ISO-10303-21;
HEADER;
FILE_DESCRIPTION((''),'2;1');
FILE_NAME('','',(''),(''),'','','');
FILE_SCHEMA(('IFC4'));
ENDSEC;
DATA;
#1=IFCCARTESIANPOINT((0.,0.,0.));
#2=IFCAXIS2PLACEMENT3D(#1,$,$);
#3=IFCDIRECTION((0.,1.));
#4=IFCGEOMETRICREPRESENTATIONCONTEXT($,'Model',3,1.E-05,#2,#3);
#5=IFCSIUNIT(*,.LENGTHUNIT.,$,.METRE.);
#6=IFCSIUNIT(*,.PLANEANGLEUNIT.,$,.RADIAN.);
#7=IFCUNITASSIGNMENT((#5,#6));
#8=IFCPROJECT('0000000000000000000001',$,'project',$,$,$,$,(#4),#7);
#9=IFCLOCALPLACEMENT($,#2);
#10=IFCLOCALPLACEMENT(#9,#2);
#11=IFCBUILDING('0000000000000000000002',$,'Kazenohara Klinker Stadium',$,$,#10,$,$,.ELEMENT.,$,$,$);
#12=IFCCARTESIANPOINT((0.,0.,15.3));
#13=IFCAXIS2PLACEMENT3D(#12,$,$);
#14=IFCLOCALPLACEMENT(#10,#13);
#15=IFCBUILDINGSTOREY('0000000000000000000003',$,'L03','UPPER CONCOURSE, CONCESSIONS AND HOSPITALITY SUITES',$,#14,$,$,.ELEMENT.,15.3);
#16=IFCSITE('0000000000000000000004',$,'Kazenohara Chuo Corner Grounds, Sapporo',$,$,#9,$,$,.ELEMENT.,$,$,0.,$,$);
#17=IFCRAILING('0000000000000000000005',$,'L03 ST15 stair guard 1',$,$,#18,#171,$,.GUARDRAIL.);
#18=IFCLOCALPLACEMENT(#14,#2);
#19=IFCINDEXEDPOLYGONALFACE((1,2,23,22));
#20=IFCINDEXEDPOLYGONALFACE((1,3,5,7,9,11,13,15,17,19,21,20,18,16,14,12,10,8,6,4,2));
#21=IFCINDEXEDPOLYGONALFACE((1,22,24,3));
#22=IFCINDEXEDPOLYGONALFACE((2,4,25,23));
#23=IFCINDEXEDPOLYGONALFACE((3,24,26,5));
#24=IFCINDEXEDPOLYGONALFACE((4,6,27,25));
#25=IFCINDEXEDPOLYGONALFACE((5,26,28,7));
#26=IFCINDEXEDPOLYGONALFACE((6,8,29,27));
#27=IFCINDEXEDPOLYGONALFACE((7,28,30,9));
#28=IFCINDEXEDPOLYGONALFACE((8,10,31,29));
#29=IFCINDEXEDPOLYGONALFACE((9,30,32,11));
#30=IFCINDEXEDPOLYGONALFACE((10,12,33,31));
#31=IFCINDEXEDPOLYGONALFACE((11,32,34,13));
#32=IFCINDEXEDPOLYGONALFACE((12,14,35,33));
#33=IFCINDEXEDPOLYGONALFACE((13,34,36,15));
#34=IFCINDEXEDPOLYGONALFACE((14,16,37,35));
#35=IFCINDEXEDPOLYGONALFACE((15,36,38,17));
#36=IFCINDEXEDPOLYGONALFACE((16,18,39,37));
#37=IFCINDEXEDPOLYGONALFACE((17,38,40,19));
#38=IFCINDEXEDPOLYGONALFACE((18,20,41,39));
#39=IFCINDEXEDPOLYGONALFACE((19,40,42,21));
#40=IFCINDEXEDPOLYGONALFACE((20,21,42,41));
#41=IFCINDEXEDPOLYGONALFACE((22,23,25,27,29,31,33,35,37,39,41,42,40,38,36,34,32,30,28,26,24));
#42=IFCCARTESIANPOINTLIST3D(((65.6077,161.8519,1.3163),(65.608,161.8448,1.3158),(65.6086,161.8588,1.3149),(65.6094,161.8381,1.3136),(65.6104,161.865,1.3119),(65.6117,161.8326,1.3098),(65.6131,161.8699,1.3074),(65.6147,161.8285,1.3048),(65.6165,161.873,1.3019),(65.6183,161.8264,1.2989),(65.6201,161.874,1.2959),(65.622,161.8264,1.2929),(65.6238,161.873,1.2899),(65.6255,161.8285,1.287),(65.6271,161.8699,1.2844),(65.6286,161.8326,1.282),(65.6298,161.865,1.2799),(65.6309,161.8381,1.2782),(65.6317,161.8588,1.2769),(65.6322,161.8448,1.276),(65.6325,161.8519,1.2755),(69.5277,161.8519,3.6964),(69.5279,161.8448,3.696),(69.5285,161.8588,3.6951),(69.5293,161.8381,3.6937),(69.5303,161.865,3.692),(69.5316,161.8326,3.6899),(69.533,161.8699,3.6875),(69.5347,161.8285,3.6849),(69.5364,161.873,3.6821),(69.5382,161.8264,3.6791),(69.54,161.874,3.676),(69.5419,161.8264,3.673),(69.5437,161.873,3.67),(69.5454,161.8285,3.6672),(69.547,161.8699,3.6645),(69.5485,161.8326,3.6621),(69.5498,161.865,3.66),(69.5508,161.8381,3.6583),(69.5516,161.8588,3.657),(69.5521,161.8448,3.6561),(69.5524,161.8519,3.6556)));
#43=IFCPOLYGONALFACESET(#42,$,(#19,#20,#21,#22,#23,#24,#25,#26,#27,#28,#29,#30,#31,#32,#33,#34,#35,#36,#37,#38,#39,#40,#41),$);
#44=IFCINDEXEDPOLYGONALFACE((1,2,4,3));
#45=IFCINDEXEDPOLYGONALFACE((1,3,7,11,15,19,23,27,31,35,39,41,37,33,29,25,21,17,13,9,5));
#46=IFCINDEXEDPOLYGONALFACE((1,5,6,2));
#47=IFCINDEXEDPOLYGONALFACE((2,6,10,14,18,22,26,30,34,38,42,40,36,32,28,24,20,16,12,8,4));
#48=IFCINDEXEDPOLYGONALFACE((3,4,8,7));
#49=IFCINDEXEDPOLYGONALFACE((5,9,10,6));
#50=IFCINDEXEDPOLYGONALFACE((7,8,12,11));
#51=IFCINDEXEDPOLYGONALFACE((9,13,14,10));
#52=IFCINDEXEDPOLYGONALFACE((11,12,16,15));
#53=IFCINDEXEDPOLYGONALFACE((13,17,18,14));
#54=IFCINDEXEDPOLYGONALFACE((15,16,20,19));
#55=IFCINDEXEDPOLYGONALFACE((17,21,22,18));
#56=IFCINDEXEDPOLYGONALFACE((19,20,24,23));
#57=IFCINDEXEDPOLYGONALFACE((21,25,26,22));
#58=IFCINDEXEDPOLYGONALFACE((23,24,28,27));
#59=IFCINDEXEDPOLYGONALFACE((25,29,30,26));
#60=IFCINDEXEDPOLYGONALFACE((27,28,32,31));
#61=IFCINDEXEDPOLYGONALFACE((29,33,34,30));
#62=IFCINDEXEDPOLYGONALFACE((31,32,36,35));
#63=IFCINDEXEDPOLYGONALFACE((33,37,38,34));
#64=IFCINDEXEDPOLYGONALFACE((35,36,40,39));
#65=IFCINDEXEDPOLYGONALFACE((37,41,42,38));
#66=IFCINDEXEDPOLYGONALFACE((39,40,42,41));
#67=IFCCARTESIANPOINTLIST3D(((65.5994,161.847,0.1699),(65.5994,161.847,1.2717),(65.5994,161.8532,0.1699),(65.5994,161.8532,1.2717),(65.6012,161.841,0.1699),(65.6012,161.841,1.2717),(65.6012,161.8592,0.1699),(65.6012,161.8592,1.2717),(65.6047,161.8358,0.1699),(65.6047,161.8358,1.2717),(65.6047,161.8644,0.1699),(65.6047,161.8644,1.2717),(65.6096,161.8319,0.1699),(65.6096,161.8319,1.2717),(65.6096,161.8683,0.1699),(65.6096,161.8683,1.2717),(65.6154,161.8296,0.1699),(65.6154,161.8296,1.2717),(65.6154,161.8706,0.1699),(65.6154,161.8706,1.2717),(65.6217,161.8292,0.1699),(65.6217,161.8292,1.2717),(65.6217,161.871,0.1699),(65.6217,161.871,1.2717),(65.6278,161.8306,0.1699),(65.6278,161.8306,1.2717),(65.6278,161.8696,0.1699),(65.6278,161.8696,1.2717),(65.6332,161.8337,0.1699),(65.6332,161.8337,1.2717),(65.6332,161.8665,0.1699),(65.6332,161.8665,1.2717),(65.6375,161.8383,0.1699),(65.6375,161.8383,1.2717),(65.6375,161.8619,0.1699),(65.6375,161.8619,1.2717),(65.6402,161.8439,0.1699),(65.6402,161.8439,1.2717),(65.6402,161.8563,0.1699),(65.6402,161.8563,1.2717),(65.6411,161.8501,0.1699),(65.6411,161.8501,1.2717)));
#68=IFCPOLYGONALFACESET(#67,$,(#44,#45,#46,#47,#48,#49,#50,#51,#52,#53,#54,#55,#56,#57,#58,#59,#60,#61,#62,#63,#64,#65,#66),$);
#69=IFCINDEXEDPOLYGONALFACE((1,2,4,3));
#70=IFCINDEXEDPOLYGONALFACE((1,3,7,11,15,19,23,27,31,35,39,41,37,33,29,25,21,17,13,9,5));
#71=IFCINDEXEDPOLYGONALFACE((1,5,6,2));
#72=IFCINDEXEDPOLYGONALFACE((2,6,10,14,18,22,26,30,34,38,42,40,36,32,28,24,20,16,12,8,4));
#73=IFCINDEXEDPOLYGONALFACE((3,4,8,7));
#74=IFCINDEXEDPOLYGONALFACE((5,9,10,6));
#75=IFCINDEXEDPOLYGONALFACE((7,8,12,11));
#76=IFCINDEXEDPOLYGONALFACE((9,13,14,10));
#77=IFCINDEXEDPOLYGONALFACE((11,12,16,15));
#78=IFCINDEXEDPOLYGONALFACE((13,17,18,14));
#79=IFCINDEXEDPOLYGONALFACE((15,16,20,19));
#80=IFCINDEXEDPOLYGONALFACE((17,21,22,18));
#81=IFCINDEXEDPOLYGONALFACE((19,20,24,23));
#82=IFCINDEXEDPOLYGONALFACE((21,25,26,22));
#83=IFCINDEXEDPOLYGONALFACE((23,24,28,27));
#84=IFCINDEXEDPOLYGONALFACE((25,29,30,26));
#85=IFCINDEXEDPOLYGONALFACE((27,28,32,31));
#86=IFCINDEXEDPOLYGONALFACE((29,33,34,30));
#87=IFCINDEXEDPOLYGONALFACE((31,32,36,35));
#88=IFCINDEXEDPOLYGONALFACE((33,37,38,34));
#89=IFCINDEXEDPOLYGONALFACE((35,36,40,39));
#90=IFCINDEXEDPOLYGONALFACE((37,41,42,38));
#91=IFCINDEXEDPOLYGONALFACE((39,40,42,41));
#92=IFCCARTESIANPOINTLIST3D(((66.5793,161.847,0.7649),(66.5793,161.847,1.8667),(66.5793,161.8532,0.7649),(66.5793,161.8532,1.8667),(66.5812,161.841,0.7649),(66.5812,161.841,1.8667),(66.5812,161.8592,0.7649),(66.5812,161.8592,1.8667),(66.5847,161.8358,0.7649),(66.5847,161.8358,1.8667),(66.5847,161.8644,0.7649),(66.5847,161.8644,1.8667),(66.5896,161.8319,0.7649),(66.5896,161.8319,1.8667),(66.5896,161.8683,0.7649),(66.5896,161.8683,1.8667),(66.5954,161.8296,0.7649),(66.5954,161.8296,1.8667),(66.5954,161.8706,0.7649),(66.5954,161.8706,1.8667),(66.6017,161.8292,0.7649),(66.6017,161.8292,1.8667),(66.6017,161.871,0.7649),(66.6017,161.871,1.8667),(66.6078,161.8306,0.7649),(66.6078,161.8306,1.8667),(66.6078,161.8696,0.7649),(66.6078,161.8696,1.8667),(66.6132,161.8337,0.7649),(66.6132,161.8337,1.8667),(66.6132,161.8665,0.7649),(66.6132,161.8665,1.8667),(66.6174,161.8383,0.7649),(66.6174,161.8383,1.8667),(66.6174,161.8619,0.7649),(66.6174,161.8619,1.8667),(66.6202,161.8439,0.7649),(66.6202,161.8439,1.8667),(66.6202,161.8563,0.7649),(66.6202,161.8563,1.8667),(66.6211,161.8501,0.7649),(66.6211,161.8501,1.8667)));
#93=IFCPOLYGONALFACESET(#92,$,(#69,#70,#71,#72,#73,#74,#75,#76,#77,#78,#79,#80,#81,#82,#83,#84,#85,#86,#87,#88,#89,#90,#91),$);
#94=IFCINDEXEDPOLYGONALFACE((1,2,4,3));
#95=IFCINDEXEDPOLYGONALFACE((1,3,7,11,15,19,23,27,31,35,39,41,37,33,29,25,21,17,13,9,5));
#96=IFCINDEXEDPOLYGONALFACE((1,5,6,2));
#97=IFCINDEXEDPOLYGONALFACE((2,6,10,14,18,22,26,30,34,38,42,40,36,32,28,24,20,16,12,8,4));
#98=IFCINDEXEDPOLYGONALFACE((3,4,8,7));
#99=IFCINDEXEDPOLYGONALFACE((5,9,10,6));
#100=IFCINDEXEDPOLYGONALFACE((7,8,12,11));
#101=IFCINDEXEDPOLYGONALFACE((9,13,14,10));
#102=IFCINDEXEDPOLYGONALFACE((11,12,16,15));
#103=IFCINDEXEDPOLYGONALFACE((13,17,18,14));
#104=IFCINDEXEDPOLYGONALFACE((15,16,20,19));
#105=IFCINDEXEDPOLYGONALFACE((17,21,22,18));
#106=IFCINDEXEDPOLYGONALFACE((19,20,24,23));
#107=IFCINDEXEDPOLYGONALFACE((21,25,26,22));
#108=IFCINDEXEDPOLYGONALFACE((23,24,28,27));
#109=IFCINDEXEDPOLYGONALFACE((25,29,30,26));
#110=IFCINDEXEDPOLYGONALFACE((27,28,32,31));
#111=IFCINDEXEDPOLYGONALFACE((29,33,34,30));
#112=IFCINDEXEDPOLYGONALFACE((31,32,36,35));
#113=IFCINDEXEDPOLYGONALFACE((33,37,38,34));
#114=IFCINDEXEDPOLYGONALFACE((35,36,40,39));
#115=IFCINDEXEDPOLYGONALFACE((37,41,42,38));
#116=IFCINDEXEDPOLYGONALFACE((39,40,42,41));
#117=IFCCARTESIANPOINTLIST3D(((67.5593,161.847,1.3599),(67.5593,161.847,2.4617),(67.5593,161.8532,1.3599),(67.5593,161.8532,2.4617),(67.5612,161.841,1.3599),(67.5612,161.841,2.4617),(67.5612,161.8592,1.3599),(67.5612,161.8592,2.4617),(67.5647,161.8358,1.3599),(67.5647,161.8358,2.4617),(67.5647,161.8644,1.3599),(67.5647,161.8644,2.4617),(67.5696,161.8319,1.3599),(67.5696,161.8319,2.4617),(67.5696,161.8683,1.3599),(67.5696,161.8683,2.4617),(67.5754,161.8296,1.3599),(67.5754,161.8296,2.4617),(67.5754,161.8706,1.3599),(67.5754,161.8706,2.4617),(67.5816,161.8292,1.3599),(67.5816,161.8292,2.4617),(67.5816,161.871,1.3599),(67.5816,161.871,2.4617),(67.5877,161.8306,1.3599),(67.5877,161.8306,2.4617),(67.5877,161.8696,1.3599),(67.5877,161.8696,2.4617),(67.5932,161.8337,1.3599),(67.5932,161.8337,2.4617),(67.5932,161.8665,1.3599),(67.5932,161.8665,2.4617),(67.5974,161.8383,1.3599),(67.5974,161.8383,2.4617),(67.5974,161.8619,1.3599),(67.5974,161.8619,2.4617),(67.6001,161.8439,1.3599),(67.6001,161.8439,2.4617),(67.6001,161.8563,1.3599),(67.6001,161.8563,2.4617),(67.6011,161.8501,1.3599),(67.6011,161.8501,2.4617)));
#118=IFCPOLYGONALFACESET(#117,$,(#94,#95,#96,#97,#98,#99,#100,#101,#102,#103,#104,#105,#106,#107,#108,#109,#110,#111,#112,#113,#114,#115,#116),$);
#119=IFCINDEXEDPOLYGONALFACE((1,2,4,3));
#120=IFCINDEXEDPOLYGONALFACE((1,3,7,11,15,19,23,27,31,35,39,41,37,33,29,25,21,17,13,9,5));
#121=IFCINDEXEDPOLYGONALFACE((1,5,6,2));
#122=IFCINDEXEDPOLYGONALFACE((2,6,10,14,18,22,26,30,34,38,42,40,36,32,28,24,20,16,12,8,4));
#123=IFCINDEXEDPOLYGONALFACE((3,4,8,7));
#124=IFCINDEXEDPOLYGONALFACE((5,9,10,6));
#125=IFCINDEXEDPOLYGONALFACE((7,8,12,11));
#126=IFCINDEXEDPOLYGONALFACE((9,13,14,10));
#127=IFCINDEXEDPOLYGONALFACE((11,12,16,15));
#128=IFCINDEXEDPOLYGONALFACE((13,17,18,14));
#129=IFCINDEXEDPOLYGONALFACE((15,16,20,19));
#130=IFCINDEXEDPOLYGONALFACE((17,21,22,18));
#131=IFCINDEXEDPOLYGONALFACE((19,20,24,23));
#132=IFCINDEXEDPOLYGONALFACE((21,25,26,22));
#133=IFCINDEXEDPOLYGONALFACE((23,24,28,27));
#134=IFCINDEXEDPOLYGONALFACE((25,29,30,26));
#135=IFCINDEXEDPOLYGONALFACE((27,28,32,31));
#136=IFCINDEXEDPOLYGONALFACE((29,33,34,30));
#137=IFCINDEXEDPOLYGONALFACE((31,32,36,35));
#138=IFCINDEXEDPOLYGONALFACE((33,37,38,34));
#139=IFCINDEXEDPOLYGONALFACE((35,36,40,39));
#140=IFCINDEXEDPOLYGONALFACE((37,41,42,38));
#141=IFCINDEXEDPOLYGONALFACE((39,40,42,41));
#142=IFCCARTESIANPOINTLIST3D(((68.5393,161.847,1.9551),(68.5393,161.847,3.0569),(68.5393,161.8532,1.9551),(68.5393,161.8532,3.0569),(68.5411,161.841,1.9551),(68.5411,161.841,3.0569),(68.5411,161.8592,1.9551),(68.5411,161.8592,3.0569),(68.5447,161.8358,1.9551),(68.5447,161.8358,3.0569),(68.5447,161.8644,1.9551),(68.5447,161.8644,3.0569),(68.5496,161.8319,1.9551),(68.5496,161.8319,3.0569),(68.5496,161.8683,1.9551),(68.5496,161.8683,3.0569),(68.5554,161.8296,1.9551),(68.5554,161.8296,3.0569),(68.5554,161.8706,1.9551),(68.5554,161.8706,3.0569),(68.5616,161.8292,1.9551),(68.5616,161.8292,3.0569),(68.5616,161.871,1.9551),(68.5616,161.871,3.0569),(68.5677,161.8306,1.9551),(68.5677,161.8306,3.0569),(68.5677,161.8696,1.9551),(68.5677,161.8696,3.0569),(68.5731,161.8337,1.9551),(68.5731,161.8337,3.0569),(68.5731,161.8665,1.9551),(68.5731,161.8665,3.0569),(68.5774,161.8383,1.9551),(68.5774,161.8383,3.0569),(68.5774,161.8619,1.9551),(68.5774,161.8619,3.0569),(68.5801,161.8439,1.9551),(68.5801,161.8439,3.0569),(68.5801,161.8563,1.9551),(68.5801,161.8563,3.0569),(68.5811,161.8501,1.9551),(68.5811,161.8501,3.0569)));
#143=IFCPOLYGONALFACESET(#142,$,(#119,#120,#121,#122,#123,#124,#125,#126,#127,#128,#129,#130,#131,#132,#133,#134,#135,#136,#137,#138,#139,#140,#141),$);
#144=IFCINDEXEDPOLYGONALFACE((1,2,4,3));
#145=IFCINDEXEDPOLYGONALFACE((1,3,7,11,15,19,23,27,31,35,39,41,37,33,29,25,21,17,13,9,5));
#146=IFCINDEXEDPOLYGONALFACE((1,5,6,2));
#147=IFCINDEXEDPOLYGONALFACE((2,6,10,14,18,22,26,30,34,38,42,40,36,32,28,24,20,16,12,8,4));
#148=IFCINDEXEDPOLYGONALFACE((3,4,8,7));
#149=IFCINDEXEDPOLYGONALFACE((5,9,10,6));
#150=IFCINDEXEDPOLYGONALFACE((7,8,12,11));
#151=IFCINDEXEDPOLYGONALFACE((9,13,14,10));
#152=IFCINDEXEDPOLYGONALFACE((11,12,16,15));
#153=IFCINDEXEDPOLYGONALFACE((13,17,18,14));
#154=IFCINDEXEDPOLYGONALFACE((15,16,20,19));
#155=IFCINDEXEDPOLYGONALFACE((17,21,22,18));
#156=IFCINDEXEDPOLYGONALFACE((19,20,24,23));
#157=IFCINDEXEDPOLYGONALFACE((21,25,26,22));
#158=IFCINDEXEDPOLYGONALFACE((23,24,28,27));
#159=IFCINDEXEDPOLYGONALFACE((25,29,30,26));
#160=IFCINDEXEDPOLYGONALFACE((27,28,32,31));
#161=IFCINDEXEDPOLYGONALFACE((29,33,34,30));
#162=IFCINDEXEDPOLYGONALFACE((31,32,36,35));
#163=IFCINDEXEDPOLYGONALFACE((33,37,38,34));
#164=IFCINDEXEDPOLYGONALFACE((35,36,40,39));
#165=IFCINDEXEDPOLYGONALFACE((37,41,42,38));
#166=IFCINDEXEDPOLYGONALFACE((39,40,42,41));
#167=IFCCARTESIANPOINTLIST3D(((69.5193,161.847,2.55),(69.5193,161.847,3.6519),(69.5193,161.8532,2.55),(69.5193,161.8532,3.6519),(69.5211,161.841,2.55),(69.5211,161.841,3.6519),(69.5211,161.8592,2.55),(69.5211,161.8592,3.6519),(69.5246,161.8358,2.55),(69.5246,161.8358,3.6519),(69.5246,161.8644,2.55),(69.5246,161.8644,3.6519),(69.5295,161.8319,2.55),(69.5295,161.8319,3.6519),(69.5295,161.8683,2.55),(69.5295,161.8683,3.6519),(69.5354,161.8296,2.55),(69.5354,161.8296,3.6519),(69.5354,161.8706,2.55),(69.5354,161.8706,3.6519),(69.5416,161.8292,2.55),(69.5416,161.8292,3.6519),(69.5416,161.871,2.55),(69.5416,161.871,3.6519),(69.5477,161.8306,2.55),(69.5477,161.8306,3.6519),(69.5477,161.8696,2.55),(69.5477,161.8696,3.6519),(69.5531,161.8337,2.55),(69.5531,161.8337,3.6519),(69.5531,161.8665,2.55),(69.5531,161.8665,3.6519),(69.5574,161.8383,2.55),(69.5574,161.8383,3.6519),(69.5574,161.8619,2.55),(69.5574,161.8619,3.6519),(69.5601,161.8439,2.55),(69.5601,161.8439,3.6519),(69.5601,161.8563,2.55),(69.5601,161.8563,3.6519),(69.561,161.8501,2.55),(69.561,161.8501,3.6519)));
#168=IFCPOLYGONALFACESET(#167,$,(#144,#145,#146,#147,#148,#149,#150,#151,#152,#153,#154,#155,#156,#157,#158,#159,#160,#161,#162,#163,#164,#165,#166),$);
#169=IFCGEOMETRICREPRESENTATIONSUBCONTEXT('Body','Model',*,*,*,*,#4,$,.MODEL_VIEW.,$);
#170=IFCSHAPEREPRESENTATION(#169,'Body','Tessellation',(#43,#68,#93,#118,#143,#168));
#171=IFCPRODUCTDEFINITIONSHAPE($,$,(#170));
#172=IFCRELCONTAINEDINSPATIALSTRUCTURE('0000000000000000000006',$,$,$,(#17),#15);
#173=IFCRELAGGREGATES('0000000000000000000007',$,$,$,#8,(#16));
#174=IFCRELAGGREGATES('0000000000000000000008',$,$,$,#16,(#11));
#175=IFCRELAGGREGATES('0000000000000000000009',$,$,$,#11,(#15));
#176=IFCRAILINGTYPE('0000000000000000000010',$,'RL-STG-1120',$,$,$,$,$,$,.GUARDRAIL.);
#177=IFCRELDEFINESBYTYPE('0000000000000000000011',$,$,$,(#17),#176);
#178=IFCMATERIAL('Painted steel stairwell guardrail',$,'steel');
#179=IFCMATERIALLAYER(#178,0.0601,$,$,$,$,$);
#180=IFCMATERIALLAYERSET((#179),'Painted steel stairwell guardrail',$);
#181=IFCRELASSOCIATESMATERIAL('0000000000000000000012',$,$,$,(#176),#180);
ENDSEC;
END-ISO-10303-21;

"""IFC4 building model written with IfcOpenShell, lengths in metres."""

from ifc_helpers import new_model, si_unit, direction, frame, origin, origin_2d, place, context, subcontext, project, spatial, circle, extrude, material, layer, layer_set, type_object, element, save


model = new_model("IFC4")

# Units and contexts
model_context = context("Model", 3, precision=1e-05, world=origin(), true_north=direction((0.0, 1.0)))
body_context = subcontext(model_context, "Body", "Model", "MODEL_VIEW")
ifc_project = project(units=[si_unit("LENGTHUNIT", "METRE"), si_unit("PLANEANGLEUNIT", "RADIAN")], contexts=[model_context])

# Site, building, storey
site_placement = place(None, origin())
site = spatial("IfcSite", under=ifc_project, at=site_placement, Name="Kazenohara Chuo Corner Grounds, Sapporo", CompositionType="ELEMENT", RefElevation=0.0)
building_placement = place(site_placement, origin())
building = spatial("IfcBuilding", under=site, at=building_placement, Name="Kazenohara Klinker Stadium", CompositionType="ELEMENT")
storey_placement = place(building_placement, frame((0.0, 0.0, 15.3)))
storey = spatial("IfcBuildingStorey", under=building, at=storey_placement, Name="L03", Description="UPPER CONCOURSE, CONCESSIONS AND HOSPITALITY SUITES", CompositionType="ELEMENT", Elevation=15.3)

# Railing
ifc_material_1 = material(Name="Painted steel stairwell guardrail", Category="steel")
ifc_layer_1 = layer(ifc_material_1, 0.0601)
ifc_layer_set_1 = layer_set([ifc_layer_1], Name="Painted steel stairwell guardrail")
railing_type_1 = type_object("IfcRailingType", Name="RL-STG-1120", PredefinedType="GUARDRAIL", material=ifc_layer_set_1)
railing_1_placement = place(storey_placement, frame((65.6201, 161.8501, 0.1699)))
element("IfcRailing", 1, at=railing_1_placement, inside=storey, type_object=railing_type_1, Name="L03 ST15 stair guard 1", PredefinedType="GUARDRAIL", context=body_context, shape_type="SweptSolid", body=[
    extrude(circle(Radius=0.0239, at=origin_2d()), frame((0.0, 0.0, 1.126), z_axis=(0.854771, 0.0, 0.519006), x_axis=(0.0, 1.0, 0.0)), (0.0, 0.0, 1.0), 4.5859),
    extrude(circle(Radius=0.021, at=origin_2d()), origin(), (0.0, 0.0, 1.0), 1.1018),
    extrude(circle(Radius=0.021, at=origin_2d()), frame((0.98, 0.0, 0.595)), (0.0, 0.0, 1.0), 1.1018),
    extrude(circle(Radius=0.021, at=origin_2d()), frame((1.96, 0.0, 1.1899)), (0.0, 0.0, 1.0), 1.1018),
    extrude(circle(Radius=0.021, at=origin_2d()), frame((2.9399, 0.0, 1.7852)), (0.0, 0.0, 1.0), 1.1018),
    extrude(circle(Radius=0.021, at=origin_2d()), frame((3.9199, 0.0, 2.3801)), (0.0, 0.0, 1.0), 1.1018),
])

save(model, "model.ifc")
